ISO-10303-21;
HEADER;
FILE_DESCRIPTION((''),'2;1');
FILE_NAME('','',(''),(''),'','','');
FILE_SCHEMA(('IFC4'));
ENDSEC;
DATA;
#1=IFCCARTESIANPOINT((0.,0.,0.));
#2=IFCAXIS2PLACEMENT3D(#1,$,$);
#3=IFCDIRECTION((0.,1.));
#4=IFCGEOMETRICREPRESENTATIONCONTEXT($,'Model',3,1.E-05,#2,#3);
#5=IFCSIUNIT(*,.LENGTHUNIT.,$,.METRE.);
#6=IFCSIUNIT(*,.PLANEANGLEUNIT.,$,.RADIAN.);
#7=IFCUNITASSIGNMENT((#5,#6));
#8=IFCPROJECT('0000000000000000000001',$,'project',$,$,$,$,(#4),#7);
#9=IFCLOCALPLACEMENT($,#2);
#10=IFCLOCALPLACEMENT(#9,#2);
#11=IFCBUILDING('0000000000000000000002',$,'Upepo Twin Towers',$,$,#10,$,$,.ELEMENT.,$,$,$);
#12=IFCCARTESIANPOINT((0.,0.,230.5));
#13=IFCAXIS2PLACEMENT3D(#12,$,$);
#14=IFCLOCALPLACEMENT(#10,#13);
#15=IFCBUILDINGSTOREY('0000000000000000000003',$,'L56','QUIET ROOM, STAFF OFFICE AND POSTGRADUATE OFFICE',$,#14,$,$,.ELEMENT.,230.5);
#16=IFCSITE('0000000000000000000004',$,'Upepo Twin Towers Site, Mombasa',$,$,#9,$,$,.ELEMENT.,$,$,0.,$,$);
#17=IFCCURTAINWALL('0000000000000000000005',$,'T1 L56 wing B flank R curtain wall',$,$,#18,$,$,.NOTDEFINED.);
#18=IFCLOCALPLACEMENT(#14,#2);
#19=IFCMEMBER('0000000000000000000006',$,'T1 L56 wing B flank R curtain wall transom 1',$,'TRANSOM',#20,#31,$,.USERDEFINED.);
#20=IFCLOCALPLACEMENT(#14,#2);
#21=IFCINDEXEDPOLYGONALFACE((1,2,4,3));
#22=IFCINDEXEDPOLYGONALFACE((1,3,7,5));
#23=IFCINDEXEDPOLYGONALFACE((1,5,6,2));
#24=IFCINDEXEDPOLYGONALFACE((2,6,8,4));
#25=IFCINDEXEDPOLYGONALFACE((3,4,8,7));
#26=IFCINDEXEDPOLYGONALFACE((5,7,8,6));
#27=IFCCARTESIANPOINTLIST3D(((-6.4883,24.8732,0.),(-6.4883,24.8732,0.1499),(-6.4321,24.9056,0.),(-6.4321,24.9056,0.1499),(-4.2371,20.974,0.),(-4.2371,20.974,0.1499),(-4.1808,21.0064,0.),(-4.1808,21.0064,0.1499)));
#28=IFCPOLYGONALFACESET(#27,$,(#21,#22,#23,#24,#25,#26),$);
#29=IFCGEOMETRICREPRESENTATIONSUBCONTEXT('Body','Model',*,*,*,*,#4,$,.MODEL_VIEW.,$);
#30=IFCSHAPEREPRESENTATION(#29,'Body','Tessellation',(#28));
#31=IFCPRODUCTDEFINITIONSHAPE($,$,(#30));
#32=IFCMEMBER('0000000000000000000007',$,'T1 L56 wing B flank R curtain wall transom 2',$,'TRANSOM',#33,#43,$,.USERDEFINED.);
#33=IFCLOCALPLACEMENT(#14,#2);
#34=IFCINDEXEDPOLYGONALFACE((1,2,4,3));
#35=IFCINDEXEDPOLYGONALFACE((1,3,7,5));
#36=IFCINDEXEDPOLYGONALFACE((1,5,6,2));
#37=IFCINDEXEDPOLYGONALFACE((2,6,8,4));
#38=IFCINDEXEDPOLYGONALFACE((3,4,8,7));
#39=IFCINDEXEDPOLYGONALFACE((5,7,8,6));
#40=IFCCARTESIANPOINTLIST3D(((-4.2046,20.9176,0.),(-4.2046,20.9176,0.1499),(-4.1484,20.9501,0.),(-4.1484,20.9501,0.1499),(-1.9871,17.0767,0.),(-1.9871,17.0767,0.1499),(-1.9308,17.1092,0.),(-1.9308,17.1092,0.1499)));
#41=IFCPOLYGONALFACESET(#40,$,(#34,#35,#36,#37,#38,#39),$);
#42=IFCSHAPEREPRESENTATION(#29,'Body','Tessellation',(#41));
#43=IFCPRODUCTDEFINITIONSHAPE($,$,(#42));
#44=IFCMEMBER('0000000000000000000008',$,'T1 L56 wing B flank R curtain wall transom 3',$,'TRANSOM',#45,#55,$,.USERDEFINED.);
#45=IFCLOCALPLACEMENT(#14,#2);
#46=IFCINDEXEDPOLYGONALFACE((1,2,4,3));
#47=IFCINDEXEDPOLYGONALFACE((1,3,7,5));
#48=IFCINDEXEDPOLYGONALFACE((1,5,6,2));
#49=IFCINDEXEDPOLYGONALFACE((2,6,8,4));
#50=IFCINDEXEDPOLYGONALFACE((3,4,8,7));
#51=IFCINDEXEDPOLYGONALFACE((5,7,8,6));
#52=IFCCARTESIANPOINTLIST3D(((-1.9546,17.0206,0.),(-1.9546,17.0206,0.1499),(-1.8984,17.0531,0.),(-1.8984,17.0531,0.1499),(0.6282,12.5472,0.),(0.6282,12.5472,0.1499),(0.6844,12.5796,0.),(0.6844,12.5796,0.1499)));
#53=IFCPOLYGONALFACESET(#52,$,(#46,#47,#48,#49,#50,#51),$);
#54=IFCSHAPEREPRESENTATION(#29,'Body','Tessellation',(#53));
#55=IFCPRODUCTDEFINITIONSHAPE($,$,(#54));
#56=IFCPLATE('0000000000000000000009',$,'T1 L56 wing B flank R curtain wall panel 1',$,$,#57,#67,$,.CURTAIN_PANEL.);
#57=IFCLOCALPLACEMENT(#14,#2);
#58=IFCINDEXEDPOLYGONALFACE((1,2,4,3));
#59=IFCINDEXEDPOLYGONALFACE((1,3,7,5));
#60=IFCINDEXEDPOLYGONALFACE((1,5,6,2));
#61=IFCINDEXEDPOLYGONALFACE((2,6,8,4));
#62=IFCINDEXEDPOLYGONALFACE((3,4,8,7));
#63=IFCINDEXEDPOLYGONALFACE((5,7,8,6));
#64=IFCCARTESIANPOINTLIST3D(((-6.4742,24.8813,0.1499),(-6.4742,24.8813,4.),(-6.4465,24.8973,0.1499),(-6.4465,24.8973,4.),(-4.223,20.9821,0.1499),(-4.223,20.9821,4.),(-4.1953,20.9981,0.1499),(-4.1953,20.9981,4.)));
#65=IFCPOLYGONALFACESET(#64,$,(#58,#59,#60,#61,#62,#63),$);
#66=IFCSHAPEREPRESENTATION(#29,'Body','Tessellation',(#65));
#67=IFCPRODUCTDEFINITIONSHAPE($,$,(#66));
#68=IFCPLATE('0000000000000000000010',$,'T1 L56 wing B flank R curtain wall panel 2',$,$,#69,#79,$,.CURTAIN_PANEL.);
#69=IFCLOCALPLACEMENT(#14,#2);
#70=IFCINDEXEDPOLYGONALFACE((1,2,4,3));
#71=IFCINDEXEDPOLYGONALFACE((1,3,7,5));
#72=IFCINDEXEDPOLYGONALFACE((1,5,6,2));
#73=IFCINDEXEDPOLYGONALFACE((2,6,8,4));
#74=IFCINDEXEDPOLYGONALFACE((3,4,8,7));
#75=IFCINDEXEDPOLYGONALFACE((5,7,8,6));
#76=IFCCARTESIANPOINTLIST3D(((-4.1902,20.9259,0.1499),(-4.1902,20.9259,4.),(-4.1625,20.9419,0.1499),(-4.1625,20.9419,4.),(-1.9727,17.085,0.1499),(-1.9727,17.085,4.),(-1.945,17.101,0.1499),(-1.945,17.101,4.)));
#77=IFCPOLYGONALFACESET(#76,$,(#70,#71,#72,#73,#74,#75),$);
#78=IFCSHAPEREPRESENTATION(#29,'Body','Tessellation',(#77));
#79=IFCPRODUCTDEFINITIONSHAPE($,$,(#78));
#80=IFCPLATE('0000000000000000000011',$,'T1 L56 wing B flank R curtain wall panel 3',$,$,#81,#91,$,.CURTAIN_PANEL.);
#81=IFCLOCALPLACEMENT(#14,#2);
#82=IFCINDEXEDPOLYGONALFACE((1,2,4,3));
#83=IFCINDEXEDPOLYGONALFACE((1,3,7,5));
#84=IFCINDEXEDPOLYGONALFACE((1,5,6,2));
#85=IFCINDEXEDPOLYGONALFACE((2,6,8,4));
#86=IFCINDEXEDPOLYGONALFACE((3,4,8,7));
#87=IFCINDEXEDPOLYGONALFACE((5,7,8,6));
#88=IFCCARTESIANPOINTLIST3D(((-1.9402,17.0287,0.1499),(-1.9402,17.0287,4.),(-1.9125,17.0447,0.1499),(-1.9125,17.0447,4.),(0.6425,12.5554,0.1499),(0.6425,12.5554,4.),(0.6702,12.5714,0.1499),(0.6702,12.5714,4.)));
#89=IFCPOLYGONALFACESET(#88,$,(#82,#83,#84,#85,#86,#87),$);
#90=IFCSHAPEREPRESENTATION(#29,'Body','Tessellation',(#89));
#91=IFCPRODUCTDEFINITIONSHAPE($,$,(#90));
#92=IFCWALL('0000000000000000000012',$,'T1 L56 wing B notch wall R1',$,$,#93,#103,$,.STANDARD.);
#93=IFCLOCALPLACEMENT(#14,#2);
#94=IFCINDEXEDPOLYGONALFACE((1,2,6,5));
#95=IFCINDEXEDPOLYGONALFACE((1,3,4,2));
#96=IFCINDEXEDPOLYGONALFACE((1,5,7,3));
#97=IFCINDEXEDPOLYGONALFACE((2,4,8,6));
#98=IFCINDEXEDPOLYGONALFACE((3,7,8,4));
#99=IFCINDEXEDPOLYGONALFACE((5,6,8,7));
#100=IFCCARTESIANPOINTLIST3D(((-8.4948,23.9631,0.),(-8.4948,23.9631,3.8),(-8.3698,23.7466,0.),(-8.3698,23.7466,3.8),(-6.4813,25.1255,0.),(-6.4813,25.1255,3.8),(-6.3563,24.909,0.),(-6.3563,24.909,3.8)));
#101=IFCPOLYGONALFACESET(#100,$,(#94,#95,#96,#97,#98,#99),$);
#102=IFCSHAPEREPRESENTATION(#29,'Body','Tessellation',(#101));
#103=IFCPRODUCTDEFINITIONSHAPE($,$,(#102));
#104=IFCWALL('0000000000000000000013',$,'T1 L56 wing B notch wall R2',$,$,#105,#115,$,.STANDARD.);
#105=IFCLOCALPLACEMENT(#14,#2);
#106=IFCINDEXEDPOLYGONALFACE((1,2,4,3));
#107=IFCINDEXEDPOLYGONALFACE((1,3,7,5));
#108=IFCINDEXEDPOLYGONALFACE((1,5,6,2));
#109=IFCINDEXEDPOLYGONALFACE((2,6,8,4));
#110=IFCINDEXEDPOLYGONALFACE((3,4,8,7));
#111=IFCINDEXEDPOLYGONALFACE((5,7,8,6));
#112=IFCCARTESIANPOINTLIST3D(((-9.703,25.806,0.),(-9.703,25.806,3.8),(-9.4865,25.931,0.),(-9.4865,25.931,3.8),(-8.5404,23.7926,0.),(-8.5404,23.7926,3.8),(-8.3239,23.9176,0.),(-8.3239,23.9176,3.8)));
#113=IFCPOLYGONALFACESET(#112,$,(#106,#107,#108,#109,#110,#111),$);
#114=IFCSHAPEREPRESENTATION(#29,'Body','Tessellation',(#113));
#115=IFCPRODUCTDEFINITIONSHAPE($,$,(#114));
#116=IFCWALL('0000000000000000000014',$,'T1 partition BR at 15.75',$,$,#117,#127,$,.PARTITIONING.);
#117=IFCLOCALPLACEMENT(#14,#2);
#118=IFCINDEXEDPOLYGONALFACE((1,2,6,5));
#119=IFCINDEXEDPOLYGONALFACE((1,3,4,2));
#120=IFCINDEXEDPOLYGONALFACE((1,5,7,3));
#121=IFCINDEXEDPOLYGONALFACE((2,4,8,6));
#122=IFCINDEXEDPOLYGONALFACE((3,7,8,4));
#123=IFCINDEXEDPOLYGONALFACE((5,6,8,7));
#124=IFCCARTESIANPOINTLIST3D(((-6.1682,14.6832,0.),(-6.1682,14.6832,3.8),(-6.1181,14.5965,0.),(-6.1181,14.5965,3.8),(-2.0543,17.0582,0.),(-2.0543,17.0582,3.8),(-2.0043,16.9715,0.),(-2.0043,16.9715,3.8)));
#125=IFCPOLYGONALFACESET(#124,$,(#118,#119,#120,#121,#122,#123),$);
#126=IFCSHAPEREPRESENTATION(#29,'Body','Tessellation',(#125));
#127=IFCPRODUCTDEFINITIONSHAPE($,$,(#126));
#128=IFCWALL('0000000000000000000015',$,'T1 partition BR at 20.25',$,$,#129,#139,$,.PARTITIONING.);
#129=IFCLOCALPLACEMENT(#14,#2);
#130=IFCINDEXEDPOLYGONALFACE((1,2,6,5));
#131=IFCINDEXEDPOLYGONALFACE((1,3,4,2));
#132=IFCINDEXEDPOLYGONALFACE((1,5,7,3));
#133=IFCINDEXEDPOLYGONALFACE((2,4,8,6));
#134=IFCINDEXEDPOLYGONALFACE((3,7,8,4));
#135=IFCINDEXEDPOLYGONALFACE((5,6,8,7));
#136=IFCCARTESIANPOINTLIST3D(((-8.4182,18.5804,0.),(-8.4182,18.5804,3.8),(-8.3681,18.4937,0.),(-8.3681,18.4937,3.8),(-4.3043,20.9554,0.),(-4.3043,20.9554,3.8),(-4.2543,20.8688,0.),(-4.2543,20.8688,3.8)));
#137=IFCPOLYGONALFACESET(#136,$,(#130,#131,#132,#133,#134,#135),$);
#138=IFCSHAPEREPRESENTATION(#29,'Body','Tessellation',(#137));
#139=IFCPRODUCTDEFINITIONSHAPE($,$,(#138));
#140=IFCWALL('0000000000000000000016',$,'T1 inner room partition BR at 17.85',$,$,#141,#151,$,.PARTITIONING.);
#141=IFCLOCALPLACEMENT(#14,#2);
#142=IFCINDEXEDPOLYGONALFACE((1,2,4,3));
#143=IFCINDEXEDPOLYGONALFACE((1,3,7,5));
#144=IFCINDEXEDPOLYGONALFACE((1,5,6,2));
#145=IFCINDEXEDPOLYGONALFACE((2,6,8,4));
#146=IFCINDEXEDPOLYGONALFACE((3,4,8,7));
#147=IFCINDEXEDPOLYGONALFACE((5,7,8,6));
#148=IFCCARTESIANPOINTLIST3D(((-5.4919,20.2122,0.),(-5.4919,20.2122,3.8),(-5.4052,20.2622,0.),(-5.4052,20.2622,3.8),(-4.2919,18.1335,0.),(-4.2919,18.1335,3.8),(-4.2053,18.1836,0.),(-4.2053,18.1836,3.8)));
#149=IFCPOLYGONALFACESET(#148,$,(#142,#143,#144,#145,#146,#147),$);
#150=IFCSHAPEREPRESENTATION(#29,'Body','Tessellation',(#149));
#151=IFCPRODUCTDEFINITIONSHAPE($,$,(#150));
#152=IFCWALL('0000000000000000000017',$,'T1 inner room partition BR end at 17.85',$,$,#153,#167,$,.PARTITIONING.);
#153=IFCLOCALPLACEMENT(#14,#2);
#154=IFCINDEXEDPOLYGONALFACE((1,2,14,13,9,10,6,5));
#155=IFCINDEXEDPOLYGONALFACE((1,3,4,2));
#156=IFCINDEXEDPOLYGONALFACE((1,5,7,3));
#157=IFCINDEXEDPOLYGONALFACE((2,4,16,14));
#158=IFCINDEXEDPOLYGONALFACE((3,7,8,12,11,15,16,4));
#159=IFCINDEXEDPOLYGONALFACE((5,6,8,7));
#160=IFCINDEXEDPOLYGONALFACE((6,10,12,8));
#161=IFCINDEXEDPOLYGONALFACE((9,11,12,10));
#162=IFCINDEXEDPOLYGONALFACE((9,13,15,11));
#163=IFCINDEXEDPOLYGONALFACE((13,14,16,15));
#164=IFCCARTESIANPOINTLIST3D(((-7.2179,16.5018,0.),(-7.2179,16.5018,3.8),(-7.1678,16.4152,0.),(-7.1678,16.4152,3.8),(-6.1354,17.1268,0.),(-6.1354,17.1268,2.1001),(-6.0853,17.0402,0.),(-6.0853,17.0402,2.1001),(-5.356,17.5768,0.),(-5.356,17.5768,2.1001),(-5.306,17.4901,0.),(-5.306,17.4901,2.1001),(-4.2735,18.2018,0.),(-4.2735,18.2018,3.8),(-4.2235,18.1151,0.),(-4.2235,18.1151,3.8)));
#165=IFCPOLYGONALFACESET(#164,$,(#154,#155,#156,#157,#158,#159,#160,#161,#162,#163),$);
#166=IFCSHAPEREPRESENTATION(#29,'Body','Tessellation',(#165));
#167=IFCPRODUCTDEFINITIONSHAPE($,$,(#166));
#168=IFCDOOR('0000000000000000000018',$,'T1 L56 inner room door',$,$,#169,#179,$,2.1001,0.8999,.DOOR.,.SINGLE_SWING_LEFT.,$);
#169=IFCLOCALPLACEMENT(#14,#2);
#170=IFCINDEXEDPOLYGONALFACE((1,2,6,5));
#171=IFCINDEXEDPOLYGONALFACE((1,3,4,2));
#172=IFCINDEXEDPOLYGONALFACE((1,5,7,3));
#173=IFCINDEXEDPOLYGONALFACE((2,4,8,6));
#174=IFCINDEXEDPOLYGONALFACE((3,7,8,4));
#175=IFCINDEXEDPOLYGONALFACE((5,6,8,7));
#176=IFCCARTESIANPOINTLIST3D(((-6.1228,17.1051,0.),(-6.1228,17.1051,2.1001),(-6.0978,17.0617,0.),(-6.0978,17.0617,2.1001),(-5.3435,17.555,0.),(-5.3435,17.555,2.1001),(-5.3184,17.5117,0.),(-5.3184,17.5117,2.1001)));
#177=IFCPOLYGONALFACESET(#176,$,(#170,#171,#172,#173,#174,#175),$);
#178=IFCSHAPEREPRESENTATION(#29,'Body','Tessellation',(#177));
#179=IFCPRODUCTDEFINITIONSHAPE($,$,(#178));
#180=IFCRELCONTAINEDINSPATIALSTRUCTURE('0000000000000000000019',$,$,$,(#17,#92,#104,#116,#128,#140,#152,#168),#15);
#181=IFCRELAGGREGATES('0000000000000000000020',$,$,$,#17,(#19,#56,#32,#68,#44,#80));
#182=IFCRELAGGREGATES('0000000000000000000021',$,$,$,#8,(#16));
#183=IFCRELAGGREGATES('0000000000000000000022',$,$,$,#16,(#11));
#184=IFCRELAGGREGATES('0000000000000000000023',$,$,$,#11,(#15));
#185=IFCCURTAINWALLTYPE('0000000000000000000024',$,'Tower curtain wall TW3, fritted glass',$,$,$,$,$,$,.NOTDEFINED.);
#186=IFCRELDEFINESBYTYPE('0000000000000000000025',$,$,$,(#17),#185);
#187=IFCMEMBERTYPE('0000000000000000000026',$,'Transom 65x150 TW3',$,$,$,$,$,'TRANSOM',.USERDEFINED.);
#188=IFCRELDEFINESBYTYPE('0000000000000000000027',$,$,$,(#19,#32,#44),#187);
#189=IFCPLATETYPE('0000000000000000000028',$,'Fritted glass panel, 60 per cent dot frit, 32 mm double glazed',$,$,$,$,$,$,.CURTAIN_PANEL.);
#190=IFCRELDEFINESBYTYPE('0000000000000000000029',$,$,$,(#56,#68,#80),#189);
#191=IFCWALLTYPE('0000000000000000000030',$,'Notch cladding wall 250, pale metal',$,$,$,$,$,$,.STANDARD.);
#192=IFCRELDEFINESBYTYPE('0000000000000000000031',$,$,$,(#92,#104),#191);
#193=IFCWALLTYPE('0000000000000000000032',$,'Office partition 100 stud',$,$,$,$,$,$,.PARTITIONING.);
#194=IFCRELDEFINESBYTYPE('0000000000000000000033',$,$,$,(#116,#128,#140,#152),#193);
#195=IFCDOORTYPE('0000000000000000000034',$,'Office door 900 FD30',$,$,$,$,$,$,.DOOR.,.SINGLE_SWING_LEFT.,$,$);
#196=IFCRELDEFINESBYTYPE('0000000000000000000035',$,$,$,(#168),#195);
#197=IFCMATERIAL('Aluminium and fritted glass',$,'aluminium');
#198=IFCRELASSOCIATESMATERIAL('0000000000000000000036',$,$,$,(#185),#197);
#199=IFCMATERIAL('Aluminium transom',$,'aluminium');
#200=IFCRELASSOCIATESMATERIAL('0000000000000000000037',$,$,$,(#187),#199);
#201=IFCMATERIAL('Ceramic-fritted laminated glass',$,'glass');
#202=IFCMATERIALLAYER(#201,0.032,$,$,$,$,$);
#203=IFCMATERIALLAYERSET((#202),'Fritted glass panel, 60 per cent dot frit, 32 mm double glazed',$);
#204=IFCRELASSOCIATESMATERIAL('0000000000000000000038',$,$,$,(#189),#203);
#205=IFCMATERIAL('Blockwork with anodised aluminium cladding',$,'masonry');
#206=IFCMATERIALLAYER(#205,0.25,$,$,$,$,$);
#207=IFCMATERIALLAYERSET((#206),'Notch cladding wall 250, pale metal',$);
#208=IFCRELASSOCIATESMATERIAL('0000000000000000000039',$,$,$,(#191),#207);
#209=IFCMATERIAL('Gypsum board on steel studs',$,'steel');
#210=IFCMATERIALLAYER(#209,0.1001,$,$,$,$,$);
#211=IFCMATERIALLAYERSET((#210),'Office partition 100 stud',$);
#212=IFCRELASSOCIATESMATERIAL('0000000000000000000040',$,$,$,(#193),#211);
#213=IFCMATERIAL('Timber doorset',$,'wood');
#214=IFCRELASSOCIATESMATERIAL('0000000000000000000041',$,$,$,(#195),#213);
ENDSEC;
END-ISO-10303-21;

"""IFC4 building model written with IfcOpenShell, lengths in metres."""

from ifc_helpers import new_model, si_unit, direction, frame, frame_2d, origin, origin_2d, place, context, subcontext, project, spatial, rectangle, extrude, material, layer, layer_set, material_profile, profile_set, type_object, element, fill, aggregate, save


model = new_model("IFC4")

# Units and contexts
model_context = context("Model", 3, precision=1e-05, world=origin(), true_north=direction((0.0, 1.0)))
body_context = subcontext(model_context, "Body", "Model", "MODEL_VIEW")
ifc_project = project(units=[si_unit("LENGTHUNIT", "METRE"), si_unit("PLANEANGLEUNIT", "RADIAN")], contexts=[model_context])

# Site, building, storey
site_placement = place(None, origin())
site = spatial("IfcSite", under=ifc_project, at=site_placement, Name="Upepo Twin Towers Site, Mombasa", CompositionType="ELEMENT", RefElevation=0.0)
building_placement = place(site_placement, origin())
building = spatial("IfcBuilding", under=site, at=building_placement, Name="Upepo Twin Towers", CompositionType="ELEMENT")
storey_placement = place(building_placement, frame((0.0, 0.0, 230.5)))
storey = spatial("IfcBuildingStorey", under=building, at=storey_placement, Name="L56", Description="QUIET ROOM, STAFF OFFICE AND POSTGRADUATE OFFICE", CompositionType="ELEMENT", Elevation=230.5)

# Curtain wall
ifc_material_1 = material(Name="Aluminium and fritted glass", Category="aluminium")
curtain_wall_type = type_object("IfcCurtainWallType", Name="Tower curtain wall TW3, fritted glass", PredefinedType="NOTDEFINED", material=ifc_material_1)
curtain_wall_1_placement = place(storey_placement, origin())
curtain_wall_1 = element("IfcCurtainWall", 1, at=curtain_wall_1_placement, inside=storey, type_object=curtain_wall_type, Name="T1 L56 wing B flank R curtain wall", PredefinedType="NOTDEFINED")

# Members
ifc_material_2 = material(Name="Aluminium transom", Category="aluminium")
ifc_material_profile_1 = material_profile(ifc_material_2, rectangle(XDim=0.0649, YDim=0.1499, at=origin_2d()), Name="TRANSOM 65x150")
ifc_profile_set_1 = profile_set([ifc_material_profile_1], Name="Aluminium transom")
member_type_1 = type_object("IfcMemberType", Name="Transom 65x150 TW3", ElementType="TRANSOM", PredefinedType="USERDEFINED", material=ifc_profile_set_1)
member_1_placement = place(storey_placement, frame((-6.4602, 24.8894, 0.075), z_axis=(0.500006, -0.866022, 0.0), x_axis=(0.866022, 0.500006, 0.0)))
member_1 = element("IfcMember", 2, at=member_1_placement, type_object=member_type_1, Name="T1 L56 wing B flank R curtain wall transom 1", ObjectType="TRANSOM", PredefinedType="USERDEFINED", context=body_context, shape_type="SweptSolid", body=[
    extrude(rectangle(XDim=0.0649, YDim=0.1499, at=origin_2d()), origin(), (0.0, 0.0, 1.0), 4.5024),
])
member_2_placement = place(storey_placement, frame((-4.1765, 20.9338, 0.075), z_axis=(0.500005, -0.866022, 0.0), x_axis=(0.866022, 0.500005, 0.0)))
member_2 = element("IfcMember", 3, at=member_2_placement, type_object=member_type_1, Name="T1 L56 wing B flank R curtain wall transom 2", ObjectType="TRANSOM", PredefinedType="USERDEFINED", context=body_context, shape_type="SweptSolid", body=[
    extrude(rectangle(XDim=0.0649, YDim=0.1499, at=origin_2d()), origin(), (0.0, 0.0, 1.0), 4.4351),
])
member_3_placement = place(storey_placement, frame((-1.9265, 17.0369, 0.075), z_axis=(0.500007, -0.866021, 0.0), x_axis=(0.866021, 0.500007, 0.0)))
member_3 = element("IfcMember", 4, at=member_3_placement, type_object=member_type_1, Name="T1 L56 wing B flank R curtain wall transom 3", ObjectType="TRANSOM", PredefinedType="USERDEFINED", context=body_context, shape_type="SweptSolid", body=[
    extrude(rectangle(XDim=0.0649, YDim=0.1499, at=origin_2d()), origin(), (0.0, 0.0, 1.0), 5.1655),
])

# Plates
ifc_material_3 = material(Name="Ceramic-fritted laminated glass", Category="glass")
ifc_layer_1 = layer(ifc_material_3, 0.032)
ifc_layer_set_1 = layer_set([ifc_layer_1], Name="Fritted glass panel, 60 per cent dot frit, 32 mm double glazed")
plate_type = type_object("IfcPlateType", Name="Fritted glass panel, 60 per cent dot frit, 32 mm double glazed", PredefinedType="CURTAIN_PANEL", material=ifc_layer_set_1)
plate_1_placement = place(storey_placement, frame((-5.3347, 22.9397, 0.1499), z_axis=(0.0, 0.0, 1.0), x_axis=(0.5, -0.866025, 0.0)))
plate_1 = element("IfcPlate", 5, at=plate_1_placement, type_object=plate_type, Name="T1 L56 wing B flank R curtain wall panel 1", PredefinedType="CURTAIN_PANEL", context=body_context, shape_type="SweptSolid", body=[
    extrude(rectangle(XDim=4.5024, YDim=0.032, at=origin_2d()), origin(), (0.0, 0.0, 1.0), 3.8501),
])
plate_2_placement = place(storey_placement, frame((-3.0676, 19.0134, 0.1499), z_axis=(0.0, 0.0, 1.0), x_axis=(0.5, -0.866025, 0.0)))
plate_2 = element("IfcPlate", 6, at=plate_2_placement, type_object=plate_type, Name="T1 L56 wing B flank R curtain wall panel 2", PredefinedType="CURTAIN_PANEL", context=body_context, shape_type="SweptSolid", body=[
    extrude(rectangle(XDim=4.4351, YDim=0.032, at=origin_2d()), origin(), (0.0, 0.0, 1.0), 3.8501),
])
plate_3_placement = place(storey_placement, frame((-0.635, 14.8, 0.1499), z_axis=(0.0, 0.0, 1.0), x_axis=(0.5, -0.866025, 0.0)))
plate_3 = element("IfcPlate", 7, at=plate_3_placement, type_object=plate_type, Name="T1 L56 wing B flank R curtain wall panel 3", PredefinedType="CURTAIN_PANEL", context=body_context, shape_type="SweptSolid", body=[
    extrude(rectangle(XDim=5.1653, YDim=0.032, at=origin_2d()), origin(), (0.0, 0.0, 1.0), 3.8501),
])
aggregate(curtain_wall_1, [member_1, plate_1, member_2, plate_2, member_3, plate_3])

# Walls
ifc_material_4 = material(Name="Blockwork with anodised aluminium cladding", Category="masonry")
ifc_layer_2 = layer(ifc_material_4, 0.25)
ifc_layer_set_2 = layer_set([ifc_layer_2], Name="Notch cladding wall 250, pale metal")
wall_type_1 = type_object("IfcWallType", Name="Notch cladding wall 250, pale metal", PredefinedType="STANDARD", material=ifc_layer_set_2)
for number, where, z_axis, x_axis, name in (
    (8, (-6.4187, 25.0173, 0.0), (0.0, 0.0, 1.0), (-0.866044, -0.499968, 0.0), "T1 L56 wing B notch wall R1"),
    (9, (-8.4321, 23.855, 0.0), (0.0, 0.0, 1.0), (-0.500047, 0.865998, 0.0), "T1 L56 wing B notch wall R2"),
):
    element("IfcWall", number, at=place(storey_placement, frame(where, z_axis=z_axis, x_axis=x_axis)), inside=storey, type_object=wall_type_1, Name=name, PredefinedType="STANDARD", context=body_context, shape_type="SweptSolid", body=[
        extrude(rectangle(XDim=2.325, YDim=0.25, at=frame_2d((1.1626, 0.0))), origin(), (0.0, 0.0, 1.0), 3.8),
    ])
ifc_material_5 = material(Name="Gypsum board on steel studs", Category="steel")
ifc_layer_3 = layer(ifc_material_5, 0.1001)
ifc_layer_set_3 = layer_set([ifc_layer_3], Name="Office partition 100 stud")
wall_type_2 = type_object("IfcWallType", Name="Office partition 100 stud", PredefinedType="PARTITIONING", material=ifc_layer_set_3)
for number, where, z_axis, x_axis, name in (
    (10, (-6.1431, 14.6399, 0.0), (0.0, 0.0, 1.0), (0.866033, 0.499986, 0.0), "T1 partition BR at 15.75"),
    (11, (-8.3931, 18.5371, 0.0), (0.0, 0.0, 1.0), (0.866033, 0.499986, 0.0), "T1 partition BR at 20.25"),
):
    element("IfcWall", number, at=place(storey_placement, frame(where, z_axis=z_axis, x_axis=x_axis)), inside=storey, type_object=wall_type_2, Name=name, PredefinedType="PARTITIONING", context=body_context, shape_type="SweptSolid", body=[
        extrude(rectangle(XDim=4.7502, YDim=0.1001, at=frame_2d((2.375, 0.0))), origin(), (0.0, 0.0, 1.0), 3.8),
    ])
wall_1_placement = place(storey_placement, frame((-4.2485, 18.1584, 0.0), z_axis=(0.0, 0.0, 1.0), x_axis=(-0.499957, 0.86605, 0.0)))
element("IfcWall", 12, at=wall_1_placement, inside=storey, type_object=wall_type_2, Name="T1 inner room partition BR at 17.85", PredefinedType="PARTITIONING", context=body_context, shape_type="SweptSolid", body=[
    extrude(rectangle(XDim=2.4001, YDim=0.1001, at=frame_2d((1.2002, 0.0))), origin(), (0.0, 0.0, 1.0), 3.8),
])

# Wall, opening, door
wall_2_placement = place(storey_placement, frame((-7.1929, 16.4585, 0.0), z_axis=(0.0, 0.0, 1.0), x_axis=(0.866021, 0.500008, 0.0)))
wall_2 = element("IfcWall", 13, at=wall_2_placement, inside=storey, type_object=wall_type_2, Name="T1 inner room partition BR end at 17.85", PredefinedType="PARTITIONING", context=body_context, shape_type="SweptSolid", body=[
    extrude(rectangle(XDim=3.3999, YDim=0.1001, at=frame_2d((1.7, 0.0))), origin(), (0.0, 0.0, 1.0), 3.8),
])
opening_placement = place(wall_2_placement, frame((1.25, 0.0, 0.0)))
opening = element("IfcOpeningElement", 14, at=opening_placement, cuts=wall_2, PredefinedType="OPENING", context=body_context, shape_type="SweptSolid", body=[
    extrude(rectangle(XDim=0.8999, YDim=2.1001, at=frame_2d((0.45, 1.05))), frame((0.0, 0.0601, 0.0), z_axis=(0.0, -1.0, 0.0), x_axis=(1.0, 0.0, 0.0)), (0.0, 0.0, 1.0), 0.1201),
])
ifc_material_6 = material(Name="Timber doorset", Category="wood")
door_type = type_object("IfcDoorType", Name="Office door 900 FD30", OperationType="SINGLE_SWING_LEFT", PredefinedType="DOOR", material=ifc_material_6)
door_placement = place(opening_placement, origin())
door = element("IfcDoor", 15, at=door_placement, inside=storey, type_object=door_type, Name="T1 L56 inner room door", OperationType="SINGLE_SWING_LEFT", OverallHeight=2.1001, OverallWidth=0.8999, PredefinedType="DOOR", context=body_context, shape_type="SweptSolid", body=[
    extrude(rectangle(XDim=0.8999, YDim=2.1001, at=frame_2d((0.45, 1.05))), frame((0.0, 0.0249, 0.0), z_axis=(0.0, -1.0, 0.0), x_axis=(1.0, 0.0, 0.0)), (0.0, 0.0, 1.0), 0.05),
])
fill(opening, door)

save(model, "model.ifc")
